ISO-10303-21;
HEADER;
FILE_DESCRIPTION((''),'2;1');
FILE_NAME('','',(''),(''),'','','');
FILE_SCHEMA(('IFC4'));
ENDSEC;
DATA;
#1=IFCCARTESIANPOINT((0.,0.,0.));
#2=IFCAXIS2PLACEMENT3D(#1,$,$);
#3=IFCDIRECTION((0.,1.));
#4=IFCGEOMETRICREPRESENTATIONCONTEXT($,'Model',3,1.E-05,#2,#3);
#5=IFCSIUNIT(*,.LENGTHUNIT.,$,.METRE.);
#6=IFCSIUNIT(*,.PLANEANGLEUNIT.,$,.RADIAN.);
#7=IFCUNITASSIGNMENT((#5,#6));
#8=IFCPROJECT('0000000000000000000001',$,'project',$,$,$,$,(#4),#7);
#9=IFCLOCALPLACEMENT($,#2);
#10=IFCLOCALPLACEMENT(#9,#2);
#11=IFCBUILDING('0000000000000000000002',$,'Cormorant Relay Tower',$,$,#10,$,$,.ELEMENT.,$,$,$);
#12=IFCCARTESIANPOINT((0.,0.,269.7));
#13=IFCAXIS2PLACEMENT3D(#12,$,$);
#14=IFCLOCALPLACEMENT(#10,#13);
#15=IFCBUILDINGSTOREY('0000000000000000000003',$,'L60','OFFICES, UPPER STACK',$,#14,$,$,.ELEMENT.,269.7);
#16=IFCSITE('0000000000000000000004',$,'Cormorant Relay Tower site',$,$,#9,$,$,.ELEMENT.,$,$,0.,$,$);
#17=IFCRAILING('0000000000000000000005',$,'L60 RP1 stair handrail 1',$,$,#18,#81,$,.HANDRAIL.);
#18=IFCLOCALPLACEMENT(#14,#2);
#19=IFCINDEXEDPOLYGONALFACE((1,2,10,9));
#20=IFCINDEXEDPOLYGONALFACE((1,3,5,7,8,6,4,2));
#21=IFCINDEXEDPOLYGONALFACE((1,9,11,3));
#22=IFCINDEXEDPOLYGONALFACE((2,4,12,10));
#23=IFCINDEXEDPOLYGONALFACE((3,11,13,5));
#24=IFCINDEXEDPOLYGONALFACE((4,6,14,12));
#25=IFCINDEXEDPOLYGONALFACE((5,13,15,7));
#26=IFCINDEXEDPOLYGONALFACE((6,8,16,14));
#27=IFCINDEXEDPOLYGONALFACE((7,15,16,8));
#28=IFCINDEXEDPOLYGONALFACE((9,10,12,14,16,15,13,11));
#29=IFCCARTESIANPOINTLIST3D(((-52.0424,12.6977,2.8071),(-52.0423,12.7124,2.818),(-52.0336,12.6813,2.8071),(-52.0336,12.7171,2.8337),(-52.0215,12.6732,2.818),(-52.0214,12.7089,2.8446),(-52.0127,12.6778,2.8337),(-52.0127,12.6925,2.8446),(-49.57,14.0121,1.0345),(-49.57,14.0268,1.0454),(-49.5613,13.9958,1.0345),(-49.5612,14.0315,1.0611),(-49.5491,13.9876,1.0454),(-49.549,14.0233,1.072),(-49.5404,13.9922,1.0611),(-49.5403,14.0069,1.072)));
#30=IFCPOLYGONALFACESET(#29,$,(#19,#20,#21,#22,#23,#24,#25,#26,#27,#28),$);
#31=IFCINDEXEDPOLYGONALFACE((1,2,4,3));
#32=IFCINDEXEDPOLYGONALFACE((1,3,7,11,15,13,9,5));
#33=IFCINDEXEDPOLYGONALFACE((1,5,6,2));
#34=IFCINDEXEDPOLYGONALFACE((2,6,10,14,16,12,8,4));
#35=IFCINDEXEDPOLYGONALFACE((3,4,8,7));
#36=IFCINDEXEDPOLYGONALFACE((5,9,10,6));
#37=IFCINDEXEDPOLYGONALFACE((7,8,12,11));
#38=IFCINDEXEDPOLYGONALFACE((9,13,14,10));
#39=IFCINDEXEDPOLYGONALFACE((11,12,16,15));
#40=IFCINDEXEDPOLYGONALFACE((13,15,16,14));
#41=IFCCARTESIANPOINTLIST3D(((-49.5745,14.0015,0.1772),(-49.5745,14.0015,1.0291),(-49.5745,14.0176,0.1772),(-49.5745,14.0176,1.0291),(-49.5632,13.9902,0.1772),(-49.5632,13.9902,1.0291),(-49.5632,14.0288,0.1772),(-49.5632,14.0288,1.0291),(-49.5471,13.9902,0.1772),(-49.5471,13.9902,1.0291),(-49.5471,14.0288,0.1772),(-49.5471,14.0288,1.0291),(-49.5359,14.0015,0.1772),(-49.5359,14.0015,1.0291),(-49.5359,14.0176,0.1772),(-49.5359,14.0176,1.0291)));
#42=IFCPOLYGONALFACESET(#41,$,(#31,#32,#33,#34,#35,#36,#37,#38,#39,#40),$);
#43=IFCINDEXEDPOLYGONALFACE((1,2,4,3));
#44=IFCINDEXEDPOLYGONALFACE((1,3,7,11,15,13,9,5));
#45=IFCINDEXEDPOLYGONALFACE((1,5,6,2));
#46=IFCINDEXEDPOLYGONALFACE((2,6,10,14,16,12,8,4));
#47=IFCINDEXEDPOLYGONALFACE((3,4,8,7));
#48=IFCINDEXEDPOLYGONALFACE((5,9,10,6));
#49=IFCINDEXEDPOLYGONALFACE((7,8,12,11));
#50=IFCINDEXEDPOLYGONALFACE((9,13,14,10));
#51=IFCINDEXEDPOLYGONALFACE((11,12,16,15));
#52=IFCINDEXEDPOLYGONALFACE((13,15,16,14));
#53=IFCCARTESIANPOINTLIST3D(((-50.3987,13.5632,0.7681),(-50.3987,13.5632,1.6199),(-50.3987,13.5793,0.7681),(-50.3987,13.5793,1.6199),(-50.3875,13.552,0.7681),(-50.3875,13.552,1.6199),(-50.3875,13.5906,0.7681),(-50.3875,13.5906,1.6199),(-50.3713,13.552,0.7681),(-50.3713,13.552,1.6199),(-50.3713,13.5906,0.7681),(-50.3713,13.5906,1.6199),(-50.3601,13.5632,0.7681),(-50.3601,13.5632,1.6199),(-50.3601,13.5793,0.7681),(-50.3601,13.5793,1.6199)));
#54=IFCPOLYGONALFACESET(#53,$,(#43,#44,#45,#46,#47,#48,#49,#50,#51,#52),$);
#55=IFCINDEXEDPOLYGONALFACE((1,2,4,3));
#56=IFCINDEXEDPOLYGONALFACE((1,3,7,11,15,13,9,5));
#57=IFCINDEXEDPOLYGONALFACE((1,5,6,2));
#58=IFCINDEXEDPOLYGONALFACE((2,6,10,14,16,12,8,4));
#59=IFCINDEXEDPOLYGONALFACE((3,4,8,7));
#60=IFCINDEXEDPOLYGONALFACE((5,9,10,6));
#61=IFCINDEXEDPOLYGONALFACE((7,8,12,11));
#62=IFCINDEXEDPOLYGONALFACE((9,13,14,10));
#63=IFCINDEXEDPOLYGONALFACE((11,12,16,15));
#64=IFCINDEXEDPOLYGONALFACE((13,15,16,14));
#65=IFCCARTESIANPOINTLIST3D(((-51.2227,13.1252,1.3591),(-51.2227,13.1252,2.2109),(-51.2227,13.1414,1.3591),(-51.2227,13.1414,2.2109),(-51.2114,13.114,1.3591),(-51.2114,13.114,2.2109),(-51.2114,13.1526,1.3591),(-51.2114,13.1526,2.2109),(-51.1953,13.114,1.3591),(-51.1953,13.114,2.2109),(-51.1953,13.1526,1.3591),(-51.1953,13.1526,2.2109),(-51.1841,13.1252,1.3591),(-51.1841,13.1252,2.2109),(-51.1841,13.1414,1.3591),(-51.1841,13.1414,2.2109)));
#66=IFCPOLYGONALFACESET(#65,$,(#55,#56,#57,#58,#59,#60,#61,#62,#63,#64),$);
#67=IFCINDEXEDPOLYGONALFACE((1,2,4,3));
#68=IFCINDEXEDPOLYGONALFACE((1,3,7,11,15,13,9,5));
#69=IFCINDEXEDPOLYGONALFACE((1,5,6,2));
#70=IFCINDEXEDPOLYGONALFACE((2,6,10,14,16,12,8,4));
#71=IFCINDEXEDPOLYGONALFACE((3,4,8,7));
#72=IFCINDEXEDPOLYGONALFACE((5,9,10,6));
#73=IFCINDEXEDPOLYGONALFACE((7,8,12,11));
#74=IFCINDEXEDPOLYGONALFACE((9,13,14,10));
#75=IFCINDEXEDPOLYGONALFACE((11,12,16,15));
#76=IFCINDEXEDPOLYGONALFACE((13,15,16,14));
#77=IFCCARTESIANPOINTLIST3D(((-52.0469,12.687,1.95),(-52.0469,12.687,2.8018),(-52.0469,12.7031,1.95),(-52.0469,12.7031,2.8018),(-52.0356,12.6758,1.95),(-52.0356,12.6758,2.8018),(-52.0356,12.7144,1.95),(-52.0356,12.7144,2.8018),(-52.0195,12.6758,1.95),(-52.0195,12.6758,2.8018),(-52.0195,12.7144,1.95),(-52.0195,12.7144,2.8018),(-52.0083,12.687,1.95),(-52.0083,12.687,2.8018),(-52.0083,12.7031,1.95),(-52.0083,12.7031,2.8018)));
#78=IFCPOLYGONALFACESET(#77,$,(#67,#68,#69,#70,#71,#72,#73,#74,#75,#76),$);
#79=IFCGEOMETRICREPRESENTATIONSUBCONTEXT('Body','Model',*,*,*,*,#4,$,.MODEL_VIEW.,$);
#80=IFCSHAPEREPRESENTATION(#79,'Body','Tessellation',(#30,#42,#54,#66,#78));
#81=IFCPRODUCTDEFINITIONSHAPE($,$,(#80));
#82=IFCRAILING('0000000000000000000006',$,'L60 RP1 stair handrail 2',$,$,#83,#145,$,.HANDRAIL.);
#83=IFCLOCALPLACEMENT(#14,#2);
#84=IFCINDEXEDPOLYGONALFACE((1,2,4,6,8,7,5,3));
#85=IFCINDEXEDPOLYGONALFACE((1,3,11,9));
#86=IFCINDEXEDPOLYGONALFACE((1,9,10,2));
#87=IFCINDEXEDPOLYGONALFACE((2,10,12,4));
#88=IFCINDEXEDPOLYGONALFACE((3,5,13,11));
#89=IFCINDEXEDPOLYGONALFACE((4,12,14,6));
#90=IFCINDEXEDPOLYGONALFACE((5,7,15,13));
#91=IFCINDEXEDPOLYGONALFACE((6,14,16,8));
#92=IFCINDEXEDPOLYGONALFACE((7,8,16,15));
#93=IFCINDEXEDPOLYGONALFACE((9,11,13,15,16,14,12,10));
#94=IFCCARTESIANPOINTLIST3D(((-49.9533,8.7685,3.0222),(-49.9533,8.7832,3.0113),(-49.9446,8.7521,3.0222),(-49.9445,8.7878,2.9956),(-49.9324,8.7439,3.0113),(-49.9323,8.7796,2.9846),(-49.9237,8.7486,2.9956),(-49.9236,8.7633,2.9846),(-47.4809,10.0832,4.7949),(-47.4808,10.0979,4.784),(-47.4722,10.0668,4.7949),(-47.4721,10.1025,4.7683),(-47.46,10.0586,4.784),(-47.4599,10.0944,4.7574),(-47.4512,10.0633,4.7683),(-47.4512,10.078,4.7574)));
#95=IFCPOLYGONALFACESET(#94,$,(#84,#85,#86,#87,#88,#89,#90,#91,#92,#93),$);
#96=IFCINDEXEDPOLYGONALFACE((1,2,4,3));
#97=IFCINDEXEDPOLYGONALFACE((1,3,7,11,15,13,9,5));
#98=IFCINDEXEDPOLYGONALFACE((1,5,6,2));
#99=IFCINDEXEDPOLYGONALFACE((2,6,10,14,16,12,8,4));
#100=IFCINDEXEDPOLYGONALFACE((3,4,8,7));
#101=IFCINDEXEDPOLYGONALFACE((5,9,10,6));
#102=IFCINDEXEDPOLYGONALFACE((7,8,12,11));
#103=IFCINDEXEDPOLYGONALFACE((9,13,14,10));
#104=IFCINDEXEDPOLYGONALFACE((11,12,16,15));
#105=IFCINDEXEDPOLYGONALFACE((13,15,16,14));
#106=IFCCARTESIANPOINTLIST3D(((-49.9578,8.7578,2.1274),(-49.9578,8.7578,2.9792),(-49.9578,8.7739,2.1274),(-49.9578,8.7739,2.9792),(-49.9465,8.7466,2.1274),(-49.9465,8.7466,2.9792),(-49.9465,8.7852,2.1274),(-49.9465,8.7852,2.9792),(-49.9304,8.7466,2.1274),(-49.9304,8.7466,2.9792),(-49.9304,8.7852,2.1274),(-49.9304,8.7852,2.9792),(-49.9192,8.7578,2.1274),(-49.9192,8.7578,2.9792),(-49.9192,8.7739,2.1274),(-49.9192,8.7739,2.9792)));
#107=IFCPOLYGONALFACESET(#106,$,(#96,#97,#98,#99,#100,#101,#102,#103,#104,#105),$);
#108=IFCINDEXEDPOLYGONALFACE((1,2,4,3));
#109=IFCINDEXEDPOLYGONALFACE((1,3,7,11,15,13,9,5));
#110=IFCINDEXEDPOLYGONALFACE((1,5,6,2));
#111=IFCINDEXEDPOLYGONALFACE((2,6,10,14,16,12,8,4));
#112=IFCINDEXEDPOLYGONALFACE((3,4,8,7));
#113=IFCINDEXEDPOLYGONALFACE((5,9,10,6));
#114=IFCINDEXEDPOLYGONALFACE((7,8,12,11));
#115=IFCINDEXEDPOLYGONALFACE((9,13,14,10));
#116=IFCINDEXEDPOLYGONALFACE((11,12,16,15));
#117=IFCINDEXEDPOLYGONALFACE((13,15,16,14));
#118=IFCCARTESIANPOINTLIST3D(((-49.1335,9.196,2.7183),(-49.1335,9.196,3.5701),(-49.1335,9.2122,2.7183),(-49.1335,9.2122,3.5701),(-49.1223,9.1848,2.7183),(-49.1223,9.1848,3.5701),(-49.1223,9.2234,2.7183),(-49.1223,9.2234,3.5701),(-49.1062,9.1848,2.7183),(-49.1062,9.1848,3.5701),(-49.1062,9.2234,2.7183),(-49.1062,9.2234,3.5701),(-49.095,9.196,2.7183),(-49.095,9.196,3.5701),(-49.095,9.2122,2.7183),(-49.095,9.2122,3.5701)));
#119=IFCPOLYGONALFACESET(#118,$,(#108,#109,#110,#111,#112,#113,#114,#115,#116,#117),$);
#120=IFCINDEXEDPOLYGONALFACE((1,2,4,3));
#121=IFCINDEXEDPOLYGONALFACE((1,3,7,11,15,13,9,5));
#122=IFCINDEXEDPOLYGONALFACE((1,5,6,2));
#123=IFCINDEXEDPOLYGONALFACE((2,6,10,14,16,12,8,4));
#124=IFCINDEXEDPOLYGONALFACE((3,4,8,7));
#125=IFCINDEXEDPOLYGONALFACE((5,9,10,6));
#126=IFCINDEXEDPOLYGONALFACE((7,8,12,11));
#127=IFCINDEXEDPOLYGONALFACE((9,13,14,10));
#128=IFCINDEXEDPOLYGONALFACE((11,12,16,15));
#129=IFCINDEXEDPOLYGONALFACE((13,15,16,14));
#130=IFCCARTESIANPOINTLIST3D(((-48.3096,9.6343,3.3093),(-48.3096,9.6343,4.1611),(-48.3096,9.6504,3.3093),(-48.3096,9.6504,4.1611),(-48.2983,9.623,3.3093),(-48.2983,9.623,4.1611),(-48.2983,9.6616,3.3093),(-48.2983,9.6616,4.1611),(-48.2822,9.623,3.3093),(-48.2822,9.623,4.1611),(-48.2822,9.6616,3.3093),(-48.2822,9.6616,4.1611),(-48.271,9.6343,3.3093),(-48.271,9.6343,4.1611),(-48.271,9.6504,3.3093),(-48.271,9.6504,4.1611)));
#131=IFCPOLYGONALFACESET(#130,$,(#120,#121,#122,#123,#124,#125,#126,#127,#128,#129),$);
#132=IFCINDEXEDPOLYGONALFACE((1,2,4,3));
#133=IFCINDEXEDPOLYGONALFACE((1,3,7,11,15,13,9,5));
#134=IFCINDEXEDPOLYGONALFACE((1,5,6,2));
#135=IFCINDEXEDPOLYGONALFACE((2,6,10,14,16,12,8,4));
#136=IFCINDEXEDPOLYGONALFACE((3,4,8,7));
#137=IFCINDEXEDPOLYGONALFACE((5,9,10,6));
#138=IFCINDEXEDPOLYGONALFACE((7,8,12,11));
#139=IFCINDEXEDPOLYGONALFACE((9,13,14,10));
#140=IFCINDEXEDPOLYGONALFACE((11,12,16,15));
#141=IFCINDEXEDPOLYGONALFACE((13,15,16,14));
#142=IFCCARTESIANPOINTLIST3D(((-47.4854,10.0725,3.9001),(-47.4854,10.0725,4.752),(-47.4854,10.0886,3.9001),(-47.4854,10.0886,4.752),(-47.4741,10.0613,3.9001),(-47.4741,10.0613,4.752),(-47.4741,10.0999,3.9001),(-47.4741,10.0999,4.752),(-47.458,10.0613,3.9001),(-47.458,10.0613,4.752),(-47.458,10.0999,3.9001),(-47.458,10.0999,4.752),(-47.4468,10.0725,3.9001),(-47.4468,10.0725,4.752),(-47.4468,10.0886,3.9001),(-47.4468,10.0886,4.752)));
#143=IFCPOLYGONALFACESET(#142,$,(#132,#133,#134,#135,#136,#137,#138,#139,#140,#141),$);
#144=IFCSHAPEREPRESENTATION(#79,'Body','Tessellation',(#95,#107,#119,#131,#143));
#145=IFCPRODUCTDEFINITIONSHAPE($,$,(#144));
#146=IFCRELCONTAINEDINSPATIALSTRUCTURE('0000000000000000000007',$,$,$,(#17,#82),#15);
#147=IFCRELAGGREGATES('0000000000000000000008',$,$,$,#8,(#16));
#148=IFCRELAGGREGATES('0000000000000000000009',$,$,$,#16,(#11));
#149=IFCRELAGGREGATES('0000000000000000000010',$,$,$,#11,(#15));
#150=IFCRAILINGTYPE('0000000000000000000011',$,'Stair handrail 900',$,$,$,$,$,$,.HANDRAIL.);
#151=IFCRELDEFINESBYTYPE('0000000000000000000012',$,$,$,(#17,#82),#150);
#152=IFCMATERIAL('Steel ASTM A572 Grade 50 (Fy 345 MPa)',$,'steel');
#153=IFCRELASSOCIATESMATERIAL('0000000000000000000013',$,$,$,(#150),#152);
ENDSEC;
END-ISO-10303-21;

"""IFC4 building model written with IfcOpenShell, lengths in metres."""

from ifc_helpers import new_model, si_unit, direction, frame, origin, place, context, subcontext, project, spatial, polyline, outline, extrude, material, type_object, element, save


model = new_model("IFC4")

# Units and contexts
model_context = context("Model", 3, precision=1e-05, world=origin(), true_north=direction((0.0, 1.0)))
body_context = subcontext(model_context, "Body", "Model", "MODEL_VIEW")
ifc_project = project(units=[si_unit("LENGTHUNIT", "METRE"), si_unit("PLANEANGLEUNIT", "RADIAN")], contexts=[model_context])

# Site, building, storey
site_placement = place(None, origin())
site = spatial("IfcSite", under=ifc_project, at=site_placement, Name="Cormorant Relay Tower site", CompositionType="ELEMENT", RefElevation=0.0)
building_placement = place(site_placement, origin())
building = spatial("IfcBuilding", under=site, at=building_placement, Name="Cormorant Relay Tower", CompositionType="ELEMENT")
storey_placement = place(building_placement, frame((0.0, 0.0, 269.7)))
storey = spatial("IfcBuildingStorey", under=building, at=storey_placement, Name="L60", Description="OFFICES, UPPER STACK", CompositionType="ELEMENT", Elevation=269.7)

# Railings
ifc_material_1 = material(Name="Steel ASTM A572 Grade 50 (Fy 345 MPa)", Category="steel")
railing_type_1 = type_object("IfcRailingType", Name="Stair handrail 900", PredefinedType="HANDRAIL", material=ifc_material_1)
railing_1_placement = place(storey_placement, frame((-49.5552, 14.0095, 0.1772)))
element("IfcRailing", 1, at=railing_1_placement, inside=storey, type_object=railing_type_1, Name="L60 RP1 stair handrail 1", PredefinedType="HANDRAIL", context=body_context, shape_type="SweptSolid", body=[
    extrude(outline(polyline([(0.0222, 0.0093), (0.0093, 0.0222), (-0.0093, 0.0222), (-0.0222, 0.0093), (-0.0222, -0.0093), (-0.0093, -0.0222), (0.0093, -0.0222), (0.0222, -0.0093), (0.0222, 0.0093)])), frame((0.0, 0.0, 0.876), z_axis=(-0.746034, -0.396627, 0.534902), x_axis=(0.469429, -0.88297, 0.0)), (0.0, 0.0, 1.0), 3.314),
    extrude(outline(polyline([(0.0193, 0.0081), (0.0081, 0.0193), (-0.0081, 0.0193), (-0.0193, 0.0081), (-0.0193, -0.0081), (-0.0081, -0.0193), (0.0081, -0.0193), (0.0193, -0.0081), (0.0193, 0.0081)])), origin(), (0.0, 0.0, 1.0), 0.8518),
    extrude(outline(polyline([(0.0193, 0.0081), (0.0081, 0.0193), (-0.0081, 0.0193), (-0.0193, 0.0081), (-0.0193, -0.0081), (-0.0081, -0.0193), (0.0081, -0.0193), (0.0193, -0.0081), (0.0193, 0.0081)])), frame((-0.8242, -0.4382, 0.5908)), (0.0, 0.0, 1.0), 0.8518),
    extrude(outline(polyline([(0.0193, 0.0081), (0.0081, 0.0193), (-0.0081, 0.0193), (-0.0193, 0.0081), (-0.0193, -0.0081), (-0.0081, -0.0193), (0.0081, -0.0193), (0.0193, -0.0081), (0.0193, 0.0081)])), frame((-1.6482, -0.8762, 1.1819)), (0.0, 0.0, 1.0), 0.8518),
    extrude(outline(polyline([(0.0193, 0.0081), (0.0081, 0.0193), (-0.0081, 0.0193), (-0.0193, 0.0081), (-0.0193, -0.0081), (-0.0081, -0.0193), (0.0081, -0.0193), (0.0193, -0.0081), (0.0193, 0.0081)])), frame((-2.4724, -1.3145, 1.7727)), (0.0, 0.0, 1.0), 0.8518),
])
railing_2_placement = place(storey_placement, frame((-49.9385, 8.7659, 2.1274)))
element("IfcRailing", 2, at=railing_2_placement, inside=storey, type_object=railing_type_1, Name="L60 RP1 stair handrail 2", PredefinedType="HANDRAIL", context=body_context, shape_type="SweptSolid", body=[
    extrude(outline(polyline([(0.0222, 0.0093), (0.0093, 0.0222), (-0.0093, 0.0222), (-0.0222, 0.0093), (-0.0222, -0.0093), (-0.0093, -0.0222), (0.0093, -0.0222), (0.0222, -0.0093), (0.0222, 0.0093)])), frame((0.0, 0.0, 0.876), z_axis=(0.746012, 0.39669, 0.534886), x_axis=(-0.469497, 0.882934, 0.0)), (0.0, 0.0, 1.0), 3.3142),
    extrude(outline(polyline([(0.0193, 0.0081), (0.0081, 0.0193), (-0.0081, 0.0193), (-0.0193, 0.0081), (-0.0193, -0.0081), (-0.0081, -0.0193), (0.0081, -0.0193), (0.0193, -0.0081), (0.0193, 0.0081)])), origin(), (0.0, 0.0, 1.0), 0.8518),
    extrude(outline(polyline([(0.0193, 0.0081), (0.0081, 0.0193), (-0.0081, 0.0193), (-0.0193, 0.0081), (-0.0193, -0.0081), (-0.0081, -0.0193), (0.0081, -0.0193), (0.0193, -0.0081), (0.0193, 0.0081)])), frame((0.8242, 0.4382, 0.5908)), (0.0, 0.0, 1.0), 0.8518),
    extrude(outline(polyline([(0.0193, 0.0081), (0.0081, 0.0193), (-0.0081, 0.0193), (-0.0193, 0.0081), (-0.0193, -0.0081), (-0.0081, -0.0193), (0.0081, -0.0193), (0.0193, -0.0081), (0.0193, 0.0081)])), frame((1.6482, 0.8765, 1.1819)), (0.0, 0.0, 1.0), 0.8518),
    extrude(outline(polyline([(0.0193, 0.0081), (0.0081, 0.0193), (-0.0081, 0.0193), (-0.0193, 0.0081), (-0.0193, -0.0081), (-0.0081, -0.0193), (0.0081, -0.0193), (0.0193, -0.0081), (0.0193, 0.0081)])), frame((2.4724, 1.3147, 1.7727)), (0.0, 0.0, 1.0), 0.8518),
])

save(model, "model.ifc")
